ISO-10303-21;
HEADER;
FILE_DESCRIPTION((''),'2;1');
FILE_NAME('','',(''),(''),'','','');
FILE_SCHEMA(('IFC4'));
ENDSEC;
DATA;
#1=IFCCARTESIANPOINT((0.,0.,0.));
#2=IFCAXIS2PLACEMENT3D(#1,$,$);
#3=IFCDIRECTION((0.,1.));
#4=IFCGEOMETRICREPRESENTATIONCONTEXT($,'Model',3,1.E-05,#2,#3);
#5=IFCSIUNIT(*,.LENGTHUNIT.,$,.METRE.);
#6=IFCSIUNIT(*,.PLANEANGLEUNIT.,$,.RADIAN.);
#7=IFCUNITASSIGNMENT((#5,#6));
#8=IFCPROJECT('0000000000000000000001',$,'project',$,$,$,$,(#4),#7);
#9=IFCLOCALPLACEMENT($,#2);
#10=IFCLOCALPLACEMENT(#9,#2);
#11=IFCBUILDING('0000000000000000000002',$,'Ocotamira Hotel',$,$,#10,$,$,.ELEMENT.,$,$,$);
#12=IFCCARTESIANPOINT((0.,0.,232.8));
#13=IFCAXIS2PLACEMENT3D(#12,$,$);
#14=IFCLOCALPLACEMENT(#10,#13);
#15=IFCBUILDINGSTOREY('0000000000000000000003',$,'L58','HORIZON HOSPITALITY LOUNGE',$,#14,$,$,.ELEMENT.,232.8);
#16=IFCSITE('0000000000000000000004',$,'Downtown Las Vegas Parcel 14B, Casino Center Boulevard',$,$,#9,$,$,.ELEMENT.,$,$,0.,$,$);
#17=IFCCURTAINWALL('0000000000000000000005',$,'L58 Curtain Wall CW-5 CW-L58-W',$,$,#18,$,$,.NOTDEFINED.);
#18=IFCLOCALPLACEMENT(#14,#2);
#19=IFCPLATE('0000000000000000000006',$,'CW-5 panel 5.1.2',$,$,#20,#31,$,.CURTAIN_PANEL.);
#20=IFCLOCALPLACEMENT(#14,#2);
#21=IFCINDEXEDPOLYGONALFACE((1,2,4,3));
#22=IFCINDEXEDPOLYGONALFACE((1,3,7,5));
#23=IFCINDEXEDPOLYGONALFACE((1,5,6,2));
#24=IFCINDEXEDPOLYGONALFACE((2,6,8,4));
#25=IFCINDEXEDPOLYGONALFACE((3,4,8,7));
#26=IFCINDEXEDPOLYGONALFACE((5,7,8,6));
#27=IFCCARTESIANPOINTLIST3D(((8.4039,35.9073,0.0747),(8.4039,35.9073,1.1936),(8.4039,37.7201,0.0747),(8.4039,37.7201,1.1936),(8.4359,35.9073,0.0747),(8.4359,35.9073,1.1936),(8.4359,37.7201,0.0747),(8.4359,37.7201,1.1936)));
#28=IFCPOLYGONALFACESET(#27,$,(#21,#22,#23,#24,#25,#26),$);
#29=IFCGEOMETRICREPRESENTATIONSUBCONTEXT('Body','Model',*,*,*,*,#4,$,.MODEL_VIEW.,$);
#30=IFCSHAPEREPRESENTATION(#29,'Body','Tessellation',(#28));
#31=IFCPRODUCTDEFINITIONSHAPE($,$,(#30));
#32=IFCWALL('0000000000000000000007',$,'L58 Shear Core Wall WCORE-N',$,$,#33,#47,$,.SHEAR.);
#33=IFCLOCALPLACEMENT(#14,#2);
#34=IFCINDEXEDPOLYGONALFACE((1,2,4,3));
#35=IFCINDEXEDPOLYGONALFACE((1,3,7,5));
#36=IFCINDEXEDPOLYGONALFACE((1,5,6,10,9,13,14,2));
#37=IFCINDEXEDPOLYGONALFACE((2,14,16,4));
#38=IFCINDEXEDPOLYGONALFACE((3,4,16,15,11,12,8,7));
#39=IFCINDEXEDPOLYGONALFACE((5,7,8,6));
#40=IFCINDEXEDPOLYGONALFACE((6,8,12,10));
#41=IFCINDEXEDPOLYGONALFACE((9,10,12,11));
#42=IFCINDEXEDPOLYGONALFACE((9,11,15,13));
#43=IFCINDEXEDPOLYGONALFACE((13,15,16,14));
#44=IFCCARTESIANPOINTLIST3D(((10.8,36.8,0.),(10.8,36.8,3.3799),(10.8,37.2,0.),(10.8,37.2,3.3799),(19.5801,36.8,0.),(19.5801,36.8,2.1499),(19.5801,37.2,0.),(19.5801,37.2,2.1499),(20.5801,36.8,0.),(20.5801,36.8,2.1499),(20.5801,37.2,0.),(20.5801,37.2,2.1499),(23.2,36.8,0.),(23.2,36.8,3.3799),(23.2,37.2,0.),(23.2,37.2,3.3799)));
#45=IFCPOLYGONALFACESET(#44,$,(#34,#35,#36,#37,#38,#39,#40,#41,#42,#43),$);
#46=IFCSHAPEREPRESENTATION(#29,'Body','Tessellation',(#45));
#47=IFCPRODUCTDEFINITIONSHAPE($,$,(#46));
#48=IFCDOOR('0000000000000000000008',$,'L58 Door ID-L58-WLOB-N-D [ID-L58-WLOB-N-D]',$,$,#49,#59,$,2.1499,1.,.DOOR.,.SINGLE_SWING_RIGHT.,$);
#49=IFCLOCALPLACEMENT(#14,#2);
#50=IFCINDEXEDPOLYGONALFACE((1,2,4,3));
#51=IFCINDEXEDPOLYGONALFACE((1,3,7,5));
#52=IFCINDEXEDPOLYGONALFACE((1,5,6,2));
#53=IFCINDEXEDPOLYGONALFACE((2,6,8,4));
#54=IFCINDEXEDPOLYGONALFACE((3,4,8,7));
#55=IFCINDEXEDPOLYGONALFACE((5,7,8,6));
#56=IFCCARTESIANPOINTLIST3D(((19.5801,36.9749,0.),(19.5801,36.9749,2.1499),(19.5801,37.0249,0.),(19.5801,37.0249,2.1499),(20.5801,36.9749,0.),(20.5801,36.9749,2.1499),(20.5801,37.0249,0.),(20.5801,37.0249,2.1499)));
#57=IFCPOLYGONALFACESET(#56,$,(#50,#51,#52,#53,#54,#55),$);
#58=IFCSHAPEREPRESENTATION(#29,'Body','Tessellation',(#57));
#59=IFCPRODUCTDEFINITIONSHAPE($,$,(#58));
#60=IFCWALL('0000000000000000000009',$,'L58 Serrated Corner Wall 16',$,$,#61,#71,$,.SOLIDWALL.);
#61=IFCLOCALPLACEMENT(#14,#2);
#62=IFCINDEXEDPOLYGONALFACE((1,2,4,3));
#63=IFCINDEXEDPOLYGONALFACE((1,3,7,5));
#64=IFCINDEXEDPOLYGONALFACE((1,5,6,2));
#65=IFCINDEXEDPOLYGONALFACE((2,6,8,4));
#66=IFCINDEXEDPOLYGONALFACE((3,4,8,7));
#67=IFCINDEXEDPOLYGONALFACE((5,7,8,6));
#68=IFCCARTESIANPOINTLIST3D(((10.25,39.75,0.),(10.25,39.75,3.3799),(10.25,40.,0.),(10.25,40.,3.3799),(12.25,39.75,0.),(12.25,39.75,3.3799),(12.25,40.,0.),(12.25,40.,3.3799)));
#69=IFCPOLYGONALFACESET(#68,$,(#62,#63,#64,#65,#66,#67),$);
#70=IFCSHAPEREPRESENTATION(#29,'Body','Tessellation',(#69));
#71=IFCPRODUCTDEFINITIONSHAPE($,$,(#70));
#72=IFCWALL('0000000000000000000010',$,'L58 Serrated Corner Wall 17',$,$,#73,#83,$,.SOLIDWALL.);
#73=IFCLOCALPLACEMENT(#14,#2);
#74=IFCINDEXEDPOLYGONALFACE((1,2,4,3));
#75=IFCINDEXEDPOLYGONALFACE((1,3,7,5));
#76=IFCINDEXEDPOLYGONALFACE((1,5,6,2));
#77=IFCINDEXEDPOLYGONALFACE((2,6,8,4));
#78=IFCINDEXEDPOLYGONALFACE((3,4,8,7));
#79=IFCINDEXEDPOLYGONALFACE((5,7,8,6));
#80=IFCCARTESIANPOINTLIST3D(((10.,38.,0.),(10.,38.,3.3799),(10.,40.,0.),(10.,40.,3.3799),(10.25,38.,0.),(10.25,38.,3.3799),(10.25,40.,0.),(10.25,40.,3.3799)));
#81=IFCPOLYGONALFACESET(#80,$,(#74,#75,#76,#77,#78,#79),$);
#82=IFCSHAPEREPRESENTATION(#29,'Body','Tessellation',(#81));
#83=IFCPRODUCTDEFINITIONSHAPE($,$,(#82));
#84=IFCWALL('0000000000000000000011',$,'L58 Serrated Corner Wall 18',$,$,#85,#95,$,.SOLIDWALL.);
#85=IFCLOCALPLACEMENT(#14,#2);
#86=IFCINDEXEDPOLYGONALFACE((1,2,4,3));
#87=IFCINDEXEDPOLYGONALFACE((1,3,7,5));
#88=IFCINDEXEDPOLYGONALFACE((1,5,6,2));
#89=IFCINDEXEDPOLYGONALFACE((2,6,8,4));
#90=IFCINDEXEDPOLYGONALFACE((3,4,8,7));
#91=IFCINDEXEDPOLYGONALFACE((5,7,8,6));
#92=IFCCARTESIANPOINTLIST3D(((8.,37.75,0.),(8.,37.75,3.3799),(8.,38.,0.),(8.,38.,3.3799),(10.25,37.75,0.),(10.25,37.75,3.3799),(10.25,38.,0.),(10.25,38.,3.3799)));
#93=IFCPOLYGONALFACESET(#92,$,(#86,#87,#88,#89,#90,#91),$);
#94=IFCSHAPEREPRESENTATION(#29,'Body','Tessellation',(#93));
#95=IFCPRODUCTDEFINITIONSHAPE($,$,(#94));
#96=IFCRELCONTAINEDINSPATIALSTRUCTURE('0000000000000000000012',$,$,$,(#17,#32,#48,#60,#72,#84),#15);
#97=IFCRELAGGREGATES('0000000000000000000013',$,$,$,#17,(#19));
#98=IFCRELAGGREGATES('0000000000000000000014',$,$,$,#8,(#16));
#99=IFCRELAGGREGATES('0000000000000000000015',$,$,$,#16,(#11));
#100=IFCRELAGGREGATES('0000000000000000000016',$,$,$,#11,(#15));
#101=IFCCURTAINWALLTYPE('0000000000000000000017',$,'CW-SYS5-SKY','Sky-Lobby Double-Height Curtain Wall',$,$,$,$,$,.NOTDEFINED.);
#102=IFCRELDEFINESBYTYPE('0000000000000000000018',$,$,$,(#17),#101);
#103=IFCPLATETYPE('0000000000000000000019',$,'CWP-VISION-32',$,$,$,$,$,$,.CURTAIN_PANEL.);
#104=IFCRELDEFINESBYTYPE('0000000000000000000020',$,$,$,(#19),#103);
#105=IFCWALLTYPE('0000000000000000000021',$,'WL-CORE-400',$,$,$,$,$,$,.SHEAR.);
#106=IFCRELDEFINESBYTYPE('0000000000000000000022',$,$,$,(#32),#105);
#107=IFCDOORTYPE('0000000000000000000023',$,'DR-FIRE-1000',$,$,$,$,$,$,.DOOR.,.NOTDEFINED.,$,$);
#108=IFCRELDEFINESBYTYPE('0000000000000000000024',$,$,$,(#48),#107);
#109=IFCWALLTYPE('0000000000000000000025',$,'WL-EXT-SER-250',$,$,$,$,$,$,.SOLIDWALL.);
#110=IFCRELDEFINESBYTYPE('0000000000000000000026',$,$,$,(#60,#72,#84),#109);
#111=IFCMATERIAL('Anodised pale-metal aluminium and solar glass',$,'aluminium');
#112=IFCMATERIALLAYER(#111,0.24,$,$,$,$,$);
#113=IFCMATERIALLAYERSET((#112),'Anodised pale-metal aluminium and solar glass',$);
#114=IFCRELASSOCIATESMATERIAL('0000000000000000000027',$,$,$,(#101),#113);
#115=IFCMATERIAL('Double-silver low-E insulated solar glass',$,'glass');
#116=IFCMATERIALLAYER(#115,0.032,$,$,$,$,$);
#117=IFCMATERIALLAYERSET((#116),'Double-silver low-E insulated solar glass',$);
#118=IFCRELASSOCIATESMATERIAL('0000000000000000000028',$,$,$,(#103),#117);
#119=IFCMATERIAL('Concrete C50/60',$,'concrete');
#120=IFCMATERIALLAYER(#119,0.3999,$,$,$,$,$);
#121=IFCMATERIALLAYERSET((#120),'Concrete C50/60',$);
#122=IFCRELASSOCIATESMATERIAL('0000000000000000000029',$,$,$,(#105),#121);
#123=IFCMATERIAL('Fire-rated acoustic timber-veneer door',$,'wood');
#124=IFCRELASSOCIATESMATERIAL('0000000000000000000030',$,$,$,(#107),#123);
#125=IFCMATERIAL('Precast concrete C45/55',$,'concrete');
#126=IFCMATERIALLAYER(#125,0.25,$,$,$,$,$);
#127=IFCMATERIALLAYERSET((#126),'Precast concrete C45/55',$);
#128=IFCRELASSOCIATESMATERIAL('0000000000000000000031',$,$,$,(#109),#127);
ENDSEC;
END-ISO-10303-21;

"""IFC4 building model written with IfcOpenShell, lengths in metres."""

from ifc_helpers import new_model, si_unit, direction, frame, frame_2d, origin, origin_2d, place, context, subcontext, project, spatial, rectangle, extrude, source, transform, mapped, material, layer, layer_set, type_object, element, fill, aggregate, save


model = new_model("IFC4")

# Units and contexts
model_context = context("Model", 3, precision=1e-05, world=origin(), true_north=direction((0.0, 1.0)))
body_context = subcontext(model_context, "Body", "Model", "MODEL_VIEW")
ifc_project = project(units=[si_unit("LENGTHUNIT", "METRE"), si_unit("PLANEANGLEUNIT", "RADIAN")], contexts=[model_context])

# Site, building, storey
site_placement = place(None, origin())
site = spatial("IfcSite", under=ifc_project, at=site_placement, Name="Downtown Las Vegas Parcel 14B, Casino Center Boulevard", CompositionType="ELEMENT", RefElevation=0.0)
building_placement = place(site_placement, origin())
building = spatial("IfcBuilding", under=site, at=building_placement, Name="Ocotamira Hotel", CompositionType="ELEMENT")
storey_placement = place(building_placement, frame((0.0, 0.0, 232.8)))
storey = spatial("IfcBuildingStorey", under=building, at=storey_placement, Name="L58", Description="HORIZON HOSPITALITY LOUNGE", CompositionType="ELEMENT", Elevation=232.8)

# Curtain wall
ifc_material_1 = material(Name="Anodised pale-metal aluminium and solar glass", Category="aluminium")
ifc_layer_1 = layer(ifc_material_1, 0.24)
ifc_layer_set_1 = layer_set([ifc_layer_1], Name="Anodised pale-metal aluminium and solar glass")
curtain_wall_type = type_object("IfcCurtainWallType", Name="CW-SYS5-SKY", Description="Sky-Lobby Double-Height Curtain Wall", PredefinedType="NOTDEFINED", material=ifc_layer_set_1)
curtain_wall_placement = place(storey_placement, origin())
curtain_wall = element("IfcCurtainWall", 1, at=curtain_wall_placement, inside=storey, type_object=curtain_wall_type, Name="L58 Curtain Wall CW-5 CW-L58-W", PredefinedType="NOTDEFINED")

# Plate
ifc_material_2 = material(Name="Double-silver low-E insulated solar glass", Category="glass")
ifc_layer_2 = layer(ifc_material_2, 0.032)
ifc_layer_set_2 = layer_set([ifc_layer_2], Name="Double-silver low-E insulated solar glass")
plate_type_1 = type_object("IfcPlateType", Name="CWP-VISION-32", PredefinedType="CURTAIN_PANEL", material=ifc_layer_set_2)
shared_shape_1 = source(origin(), body_context, "Body", "SweptSolid", [
    extrude(rectangle(XDim=1.8127, YDim=0.032, at=origin_2d()), origin(), (0.0, 0.0, 1.0), 1.1189),
])
plate_1_placement = place(storey_placement, frame((8.4199, 36.8137, 0.0747), z_axis=(0.0, 0.0, 1.0), x_axis=(0.0, 1.0, 0.0)))
plate_1 = element("IfcPlate", 2, at=plate_1_placement, type_object=plate_type_1, Name="CW-5 panel 5.1.2", PredefinedType="CURTAIN_PANEL", context=body_context, shape_type="MappedRepresentation", body=[
    mapped(shared_shape_1, transform((0.0, 0.0, 0.0), scale=1.0)),
])
aggregate(curtain_wall, [plate_1])

# Wall, opening, door
ifc_material_3 = material(Name="Concrete C50/60", Category="concrete")
ifc_layer_3 = layer(ifc_material_3, 0.3999)
ifc_layer_set_3 = layer_set([ifc_layer_3], Name="Concrete C50/60")
wall_type_1 = type_object("IfcWallType", Name="WL-CORE-400", PredefinedType="SHEAR", material=ifc_layer_set_3)
wall_1_placement = place(storey_placement, frame((10.8, 37.0, 0.0), z_axis=(0.0, 0.0, 1.0), x_axis=(1.0, 0.0, 0.0)))
wall_1 = element("IfcWall", 3, at=wall_1_placement, inside=storey, type_object=wall_type_1, Name="L58 Shear Core Wall WCORE-N", PredefinedType="SHEAR", context=body_context, shape_type="SweptSolid", body=[
    extrude(rectangle(XDim=12.3999, YDim=0.3999, at=frame_2d((6.2, 0.0))), origin(), (0.0, 0.0, 1.0), 3.3799),
])
opening_1_placement = place(wall_1_placement, frame((8.78, 0.0, 0.0)))
opening_1 = element("IfcOpeningElement", 4, at=opening_1_placement, cuts=wall_1, PredefinedType="OPENING", context=body_context, shape_type="SweptSolid", body=[
    extrude(rectangle(XDim=1.0, YDim=2.1499, at=frame_2d((0.5, 1.075))), frame((0.0, 0.21, 0.0), z_axis=(0.0, -1.0, 0.0), x_axis=(1.0, 0.0, 0.0)), (0.0, 0.0, 1.0), 0.4199),
])
ifc_material_4 = material(Name="Fire-rated acoustic timber-veneer door", Category="wood")
door_type_1 = type_object("IfcDoorType", Name="DR-FIRE-1000", OperationType="NOTDEFINED", PredefinedType="DOOR", material=ifc_material_4)
shared_shape_2 = source(origin(), body_context, "Body", "SweptSolid", [
    extrude(rectangle(XDim=1.0, YDim=2.1499, at=frame_2d((0.5, 1.075))), frame((0.0, 0.0249, 0.0), z_axis=(0.0, -1.0, 0.0), x_axis=(1.0, 0.0, 0.0)), (0.0, 0.0, 1.0), 0.05),
])
door_1_placement = place(opening_1_placement, origin())
door_1 = element("IfcDoor", 5, at=door_1_placement, inside=storey, type_object=door_type_1, Name="L58 Door ID-L58-WLOB-N-D [ID-L58-WLOB-N-D]", OperationType="SINGLE_SWING_RIGHT", OverallHeight=2.1499, OverallWidth=1.0, PredefinedType="DOOR", context=body_context, shape_type="MappedRepresentation", body=[
    mapped(shared_shape_2, transform((0.0, 0.0, 0.0), scale=1.0)),
])
fill(opening_1, door_1)

# Walls
ifc_material_5 = material(Name="Precast concrete C45/55", Category="concrete")
ifc_layer_4 = layer(ifc_material_5, 0.25)
ifc_layer_set_4 = layer_set([ifc_layer_4], Name="Precast concrete C45/55")
wall_type_2 = type_object("IfcWallType", Name="WL-EXT-SER-250", PredefinedType="SOLIDWALL", material=ifc_layer_set_4)
for number, where, z_axis, x_axis, name in (
    (6, (12.25, 39.875, 0.0), (0.0, 0.0, 1.0), (-1.0, 0.0, 0.0), "L58 Serrated Corner Wall 16"),
    (7, (10.125, 40.0, 0.0), (0.0, 0.0, 1.0), (0.0, -1.0, 0.0), "L58 Serrated Corner Wall 17"),
):
    element("IfcWall", number, at=place(storey_placement, frame(where, z_axis=z_axis, x_axis=x_axis)), inside=storey, type_object=wall_type_2, Name=name, PredefinedType="SOLIDWALL", context=body_context, shape_type="SweptSolid", body=[
        extrude(rectangle(XDim=2.0, YDim=0.25, at=frame_2d((1.0, 0.0))), origin(), (0.0, 0.0, 1.0), 3.3799),
    ])
wall_2_placement = place(storey_placement, frame((10.25, 37.875, 0.0), z_axis=(0.0, 0.0, 1.0), x_axis=(-1.0, 0.0, 0.0)))
element("IfcWall", 8, at=wall_2_placement, inside=storey, type_object=wall_type_2, Name="L58 Serrated Corner Wall 18", PredefinedType="SOLIDWALL", context=body_context, shape_type="SweptSolid", body=[
    extrude(rectangle(XDim=2.25, YDim=0.25, at=frame_2d((1.125, 0.0))), origin(), (0.0, 0.0, 1.0), 3.3799),
])

save(model, "model.ifc")
